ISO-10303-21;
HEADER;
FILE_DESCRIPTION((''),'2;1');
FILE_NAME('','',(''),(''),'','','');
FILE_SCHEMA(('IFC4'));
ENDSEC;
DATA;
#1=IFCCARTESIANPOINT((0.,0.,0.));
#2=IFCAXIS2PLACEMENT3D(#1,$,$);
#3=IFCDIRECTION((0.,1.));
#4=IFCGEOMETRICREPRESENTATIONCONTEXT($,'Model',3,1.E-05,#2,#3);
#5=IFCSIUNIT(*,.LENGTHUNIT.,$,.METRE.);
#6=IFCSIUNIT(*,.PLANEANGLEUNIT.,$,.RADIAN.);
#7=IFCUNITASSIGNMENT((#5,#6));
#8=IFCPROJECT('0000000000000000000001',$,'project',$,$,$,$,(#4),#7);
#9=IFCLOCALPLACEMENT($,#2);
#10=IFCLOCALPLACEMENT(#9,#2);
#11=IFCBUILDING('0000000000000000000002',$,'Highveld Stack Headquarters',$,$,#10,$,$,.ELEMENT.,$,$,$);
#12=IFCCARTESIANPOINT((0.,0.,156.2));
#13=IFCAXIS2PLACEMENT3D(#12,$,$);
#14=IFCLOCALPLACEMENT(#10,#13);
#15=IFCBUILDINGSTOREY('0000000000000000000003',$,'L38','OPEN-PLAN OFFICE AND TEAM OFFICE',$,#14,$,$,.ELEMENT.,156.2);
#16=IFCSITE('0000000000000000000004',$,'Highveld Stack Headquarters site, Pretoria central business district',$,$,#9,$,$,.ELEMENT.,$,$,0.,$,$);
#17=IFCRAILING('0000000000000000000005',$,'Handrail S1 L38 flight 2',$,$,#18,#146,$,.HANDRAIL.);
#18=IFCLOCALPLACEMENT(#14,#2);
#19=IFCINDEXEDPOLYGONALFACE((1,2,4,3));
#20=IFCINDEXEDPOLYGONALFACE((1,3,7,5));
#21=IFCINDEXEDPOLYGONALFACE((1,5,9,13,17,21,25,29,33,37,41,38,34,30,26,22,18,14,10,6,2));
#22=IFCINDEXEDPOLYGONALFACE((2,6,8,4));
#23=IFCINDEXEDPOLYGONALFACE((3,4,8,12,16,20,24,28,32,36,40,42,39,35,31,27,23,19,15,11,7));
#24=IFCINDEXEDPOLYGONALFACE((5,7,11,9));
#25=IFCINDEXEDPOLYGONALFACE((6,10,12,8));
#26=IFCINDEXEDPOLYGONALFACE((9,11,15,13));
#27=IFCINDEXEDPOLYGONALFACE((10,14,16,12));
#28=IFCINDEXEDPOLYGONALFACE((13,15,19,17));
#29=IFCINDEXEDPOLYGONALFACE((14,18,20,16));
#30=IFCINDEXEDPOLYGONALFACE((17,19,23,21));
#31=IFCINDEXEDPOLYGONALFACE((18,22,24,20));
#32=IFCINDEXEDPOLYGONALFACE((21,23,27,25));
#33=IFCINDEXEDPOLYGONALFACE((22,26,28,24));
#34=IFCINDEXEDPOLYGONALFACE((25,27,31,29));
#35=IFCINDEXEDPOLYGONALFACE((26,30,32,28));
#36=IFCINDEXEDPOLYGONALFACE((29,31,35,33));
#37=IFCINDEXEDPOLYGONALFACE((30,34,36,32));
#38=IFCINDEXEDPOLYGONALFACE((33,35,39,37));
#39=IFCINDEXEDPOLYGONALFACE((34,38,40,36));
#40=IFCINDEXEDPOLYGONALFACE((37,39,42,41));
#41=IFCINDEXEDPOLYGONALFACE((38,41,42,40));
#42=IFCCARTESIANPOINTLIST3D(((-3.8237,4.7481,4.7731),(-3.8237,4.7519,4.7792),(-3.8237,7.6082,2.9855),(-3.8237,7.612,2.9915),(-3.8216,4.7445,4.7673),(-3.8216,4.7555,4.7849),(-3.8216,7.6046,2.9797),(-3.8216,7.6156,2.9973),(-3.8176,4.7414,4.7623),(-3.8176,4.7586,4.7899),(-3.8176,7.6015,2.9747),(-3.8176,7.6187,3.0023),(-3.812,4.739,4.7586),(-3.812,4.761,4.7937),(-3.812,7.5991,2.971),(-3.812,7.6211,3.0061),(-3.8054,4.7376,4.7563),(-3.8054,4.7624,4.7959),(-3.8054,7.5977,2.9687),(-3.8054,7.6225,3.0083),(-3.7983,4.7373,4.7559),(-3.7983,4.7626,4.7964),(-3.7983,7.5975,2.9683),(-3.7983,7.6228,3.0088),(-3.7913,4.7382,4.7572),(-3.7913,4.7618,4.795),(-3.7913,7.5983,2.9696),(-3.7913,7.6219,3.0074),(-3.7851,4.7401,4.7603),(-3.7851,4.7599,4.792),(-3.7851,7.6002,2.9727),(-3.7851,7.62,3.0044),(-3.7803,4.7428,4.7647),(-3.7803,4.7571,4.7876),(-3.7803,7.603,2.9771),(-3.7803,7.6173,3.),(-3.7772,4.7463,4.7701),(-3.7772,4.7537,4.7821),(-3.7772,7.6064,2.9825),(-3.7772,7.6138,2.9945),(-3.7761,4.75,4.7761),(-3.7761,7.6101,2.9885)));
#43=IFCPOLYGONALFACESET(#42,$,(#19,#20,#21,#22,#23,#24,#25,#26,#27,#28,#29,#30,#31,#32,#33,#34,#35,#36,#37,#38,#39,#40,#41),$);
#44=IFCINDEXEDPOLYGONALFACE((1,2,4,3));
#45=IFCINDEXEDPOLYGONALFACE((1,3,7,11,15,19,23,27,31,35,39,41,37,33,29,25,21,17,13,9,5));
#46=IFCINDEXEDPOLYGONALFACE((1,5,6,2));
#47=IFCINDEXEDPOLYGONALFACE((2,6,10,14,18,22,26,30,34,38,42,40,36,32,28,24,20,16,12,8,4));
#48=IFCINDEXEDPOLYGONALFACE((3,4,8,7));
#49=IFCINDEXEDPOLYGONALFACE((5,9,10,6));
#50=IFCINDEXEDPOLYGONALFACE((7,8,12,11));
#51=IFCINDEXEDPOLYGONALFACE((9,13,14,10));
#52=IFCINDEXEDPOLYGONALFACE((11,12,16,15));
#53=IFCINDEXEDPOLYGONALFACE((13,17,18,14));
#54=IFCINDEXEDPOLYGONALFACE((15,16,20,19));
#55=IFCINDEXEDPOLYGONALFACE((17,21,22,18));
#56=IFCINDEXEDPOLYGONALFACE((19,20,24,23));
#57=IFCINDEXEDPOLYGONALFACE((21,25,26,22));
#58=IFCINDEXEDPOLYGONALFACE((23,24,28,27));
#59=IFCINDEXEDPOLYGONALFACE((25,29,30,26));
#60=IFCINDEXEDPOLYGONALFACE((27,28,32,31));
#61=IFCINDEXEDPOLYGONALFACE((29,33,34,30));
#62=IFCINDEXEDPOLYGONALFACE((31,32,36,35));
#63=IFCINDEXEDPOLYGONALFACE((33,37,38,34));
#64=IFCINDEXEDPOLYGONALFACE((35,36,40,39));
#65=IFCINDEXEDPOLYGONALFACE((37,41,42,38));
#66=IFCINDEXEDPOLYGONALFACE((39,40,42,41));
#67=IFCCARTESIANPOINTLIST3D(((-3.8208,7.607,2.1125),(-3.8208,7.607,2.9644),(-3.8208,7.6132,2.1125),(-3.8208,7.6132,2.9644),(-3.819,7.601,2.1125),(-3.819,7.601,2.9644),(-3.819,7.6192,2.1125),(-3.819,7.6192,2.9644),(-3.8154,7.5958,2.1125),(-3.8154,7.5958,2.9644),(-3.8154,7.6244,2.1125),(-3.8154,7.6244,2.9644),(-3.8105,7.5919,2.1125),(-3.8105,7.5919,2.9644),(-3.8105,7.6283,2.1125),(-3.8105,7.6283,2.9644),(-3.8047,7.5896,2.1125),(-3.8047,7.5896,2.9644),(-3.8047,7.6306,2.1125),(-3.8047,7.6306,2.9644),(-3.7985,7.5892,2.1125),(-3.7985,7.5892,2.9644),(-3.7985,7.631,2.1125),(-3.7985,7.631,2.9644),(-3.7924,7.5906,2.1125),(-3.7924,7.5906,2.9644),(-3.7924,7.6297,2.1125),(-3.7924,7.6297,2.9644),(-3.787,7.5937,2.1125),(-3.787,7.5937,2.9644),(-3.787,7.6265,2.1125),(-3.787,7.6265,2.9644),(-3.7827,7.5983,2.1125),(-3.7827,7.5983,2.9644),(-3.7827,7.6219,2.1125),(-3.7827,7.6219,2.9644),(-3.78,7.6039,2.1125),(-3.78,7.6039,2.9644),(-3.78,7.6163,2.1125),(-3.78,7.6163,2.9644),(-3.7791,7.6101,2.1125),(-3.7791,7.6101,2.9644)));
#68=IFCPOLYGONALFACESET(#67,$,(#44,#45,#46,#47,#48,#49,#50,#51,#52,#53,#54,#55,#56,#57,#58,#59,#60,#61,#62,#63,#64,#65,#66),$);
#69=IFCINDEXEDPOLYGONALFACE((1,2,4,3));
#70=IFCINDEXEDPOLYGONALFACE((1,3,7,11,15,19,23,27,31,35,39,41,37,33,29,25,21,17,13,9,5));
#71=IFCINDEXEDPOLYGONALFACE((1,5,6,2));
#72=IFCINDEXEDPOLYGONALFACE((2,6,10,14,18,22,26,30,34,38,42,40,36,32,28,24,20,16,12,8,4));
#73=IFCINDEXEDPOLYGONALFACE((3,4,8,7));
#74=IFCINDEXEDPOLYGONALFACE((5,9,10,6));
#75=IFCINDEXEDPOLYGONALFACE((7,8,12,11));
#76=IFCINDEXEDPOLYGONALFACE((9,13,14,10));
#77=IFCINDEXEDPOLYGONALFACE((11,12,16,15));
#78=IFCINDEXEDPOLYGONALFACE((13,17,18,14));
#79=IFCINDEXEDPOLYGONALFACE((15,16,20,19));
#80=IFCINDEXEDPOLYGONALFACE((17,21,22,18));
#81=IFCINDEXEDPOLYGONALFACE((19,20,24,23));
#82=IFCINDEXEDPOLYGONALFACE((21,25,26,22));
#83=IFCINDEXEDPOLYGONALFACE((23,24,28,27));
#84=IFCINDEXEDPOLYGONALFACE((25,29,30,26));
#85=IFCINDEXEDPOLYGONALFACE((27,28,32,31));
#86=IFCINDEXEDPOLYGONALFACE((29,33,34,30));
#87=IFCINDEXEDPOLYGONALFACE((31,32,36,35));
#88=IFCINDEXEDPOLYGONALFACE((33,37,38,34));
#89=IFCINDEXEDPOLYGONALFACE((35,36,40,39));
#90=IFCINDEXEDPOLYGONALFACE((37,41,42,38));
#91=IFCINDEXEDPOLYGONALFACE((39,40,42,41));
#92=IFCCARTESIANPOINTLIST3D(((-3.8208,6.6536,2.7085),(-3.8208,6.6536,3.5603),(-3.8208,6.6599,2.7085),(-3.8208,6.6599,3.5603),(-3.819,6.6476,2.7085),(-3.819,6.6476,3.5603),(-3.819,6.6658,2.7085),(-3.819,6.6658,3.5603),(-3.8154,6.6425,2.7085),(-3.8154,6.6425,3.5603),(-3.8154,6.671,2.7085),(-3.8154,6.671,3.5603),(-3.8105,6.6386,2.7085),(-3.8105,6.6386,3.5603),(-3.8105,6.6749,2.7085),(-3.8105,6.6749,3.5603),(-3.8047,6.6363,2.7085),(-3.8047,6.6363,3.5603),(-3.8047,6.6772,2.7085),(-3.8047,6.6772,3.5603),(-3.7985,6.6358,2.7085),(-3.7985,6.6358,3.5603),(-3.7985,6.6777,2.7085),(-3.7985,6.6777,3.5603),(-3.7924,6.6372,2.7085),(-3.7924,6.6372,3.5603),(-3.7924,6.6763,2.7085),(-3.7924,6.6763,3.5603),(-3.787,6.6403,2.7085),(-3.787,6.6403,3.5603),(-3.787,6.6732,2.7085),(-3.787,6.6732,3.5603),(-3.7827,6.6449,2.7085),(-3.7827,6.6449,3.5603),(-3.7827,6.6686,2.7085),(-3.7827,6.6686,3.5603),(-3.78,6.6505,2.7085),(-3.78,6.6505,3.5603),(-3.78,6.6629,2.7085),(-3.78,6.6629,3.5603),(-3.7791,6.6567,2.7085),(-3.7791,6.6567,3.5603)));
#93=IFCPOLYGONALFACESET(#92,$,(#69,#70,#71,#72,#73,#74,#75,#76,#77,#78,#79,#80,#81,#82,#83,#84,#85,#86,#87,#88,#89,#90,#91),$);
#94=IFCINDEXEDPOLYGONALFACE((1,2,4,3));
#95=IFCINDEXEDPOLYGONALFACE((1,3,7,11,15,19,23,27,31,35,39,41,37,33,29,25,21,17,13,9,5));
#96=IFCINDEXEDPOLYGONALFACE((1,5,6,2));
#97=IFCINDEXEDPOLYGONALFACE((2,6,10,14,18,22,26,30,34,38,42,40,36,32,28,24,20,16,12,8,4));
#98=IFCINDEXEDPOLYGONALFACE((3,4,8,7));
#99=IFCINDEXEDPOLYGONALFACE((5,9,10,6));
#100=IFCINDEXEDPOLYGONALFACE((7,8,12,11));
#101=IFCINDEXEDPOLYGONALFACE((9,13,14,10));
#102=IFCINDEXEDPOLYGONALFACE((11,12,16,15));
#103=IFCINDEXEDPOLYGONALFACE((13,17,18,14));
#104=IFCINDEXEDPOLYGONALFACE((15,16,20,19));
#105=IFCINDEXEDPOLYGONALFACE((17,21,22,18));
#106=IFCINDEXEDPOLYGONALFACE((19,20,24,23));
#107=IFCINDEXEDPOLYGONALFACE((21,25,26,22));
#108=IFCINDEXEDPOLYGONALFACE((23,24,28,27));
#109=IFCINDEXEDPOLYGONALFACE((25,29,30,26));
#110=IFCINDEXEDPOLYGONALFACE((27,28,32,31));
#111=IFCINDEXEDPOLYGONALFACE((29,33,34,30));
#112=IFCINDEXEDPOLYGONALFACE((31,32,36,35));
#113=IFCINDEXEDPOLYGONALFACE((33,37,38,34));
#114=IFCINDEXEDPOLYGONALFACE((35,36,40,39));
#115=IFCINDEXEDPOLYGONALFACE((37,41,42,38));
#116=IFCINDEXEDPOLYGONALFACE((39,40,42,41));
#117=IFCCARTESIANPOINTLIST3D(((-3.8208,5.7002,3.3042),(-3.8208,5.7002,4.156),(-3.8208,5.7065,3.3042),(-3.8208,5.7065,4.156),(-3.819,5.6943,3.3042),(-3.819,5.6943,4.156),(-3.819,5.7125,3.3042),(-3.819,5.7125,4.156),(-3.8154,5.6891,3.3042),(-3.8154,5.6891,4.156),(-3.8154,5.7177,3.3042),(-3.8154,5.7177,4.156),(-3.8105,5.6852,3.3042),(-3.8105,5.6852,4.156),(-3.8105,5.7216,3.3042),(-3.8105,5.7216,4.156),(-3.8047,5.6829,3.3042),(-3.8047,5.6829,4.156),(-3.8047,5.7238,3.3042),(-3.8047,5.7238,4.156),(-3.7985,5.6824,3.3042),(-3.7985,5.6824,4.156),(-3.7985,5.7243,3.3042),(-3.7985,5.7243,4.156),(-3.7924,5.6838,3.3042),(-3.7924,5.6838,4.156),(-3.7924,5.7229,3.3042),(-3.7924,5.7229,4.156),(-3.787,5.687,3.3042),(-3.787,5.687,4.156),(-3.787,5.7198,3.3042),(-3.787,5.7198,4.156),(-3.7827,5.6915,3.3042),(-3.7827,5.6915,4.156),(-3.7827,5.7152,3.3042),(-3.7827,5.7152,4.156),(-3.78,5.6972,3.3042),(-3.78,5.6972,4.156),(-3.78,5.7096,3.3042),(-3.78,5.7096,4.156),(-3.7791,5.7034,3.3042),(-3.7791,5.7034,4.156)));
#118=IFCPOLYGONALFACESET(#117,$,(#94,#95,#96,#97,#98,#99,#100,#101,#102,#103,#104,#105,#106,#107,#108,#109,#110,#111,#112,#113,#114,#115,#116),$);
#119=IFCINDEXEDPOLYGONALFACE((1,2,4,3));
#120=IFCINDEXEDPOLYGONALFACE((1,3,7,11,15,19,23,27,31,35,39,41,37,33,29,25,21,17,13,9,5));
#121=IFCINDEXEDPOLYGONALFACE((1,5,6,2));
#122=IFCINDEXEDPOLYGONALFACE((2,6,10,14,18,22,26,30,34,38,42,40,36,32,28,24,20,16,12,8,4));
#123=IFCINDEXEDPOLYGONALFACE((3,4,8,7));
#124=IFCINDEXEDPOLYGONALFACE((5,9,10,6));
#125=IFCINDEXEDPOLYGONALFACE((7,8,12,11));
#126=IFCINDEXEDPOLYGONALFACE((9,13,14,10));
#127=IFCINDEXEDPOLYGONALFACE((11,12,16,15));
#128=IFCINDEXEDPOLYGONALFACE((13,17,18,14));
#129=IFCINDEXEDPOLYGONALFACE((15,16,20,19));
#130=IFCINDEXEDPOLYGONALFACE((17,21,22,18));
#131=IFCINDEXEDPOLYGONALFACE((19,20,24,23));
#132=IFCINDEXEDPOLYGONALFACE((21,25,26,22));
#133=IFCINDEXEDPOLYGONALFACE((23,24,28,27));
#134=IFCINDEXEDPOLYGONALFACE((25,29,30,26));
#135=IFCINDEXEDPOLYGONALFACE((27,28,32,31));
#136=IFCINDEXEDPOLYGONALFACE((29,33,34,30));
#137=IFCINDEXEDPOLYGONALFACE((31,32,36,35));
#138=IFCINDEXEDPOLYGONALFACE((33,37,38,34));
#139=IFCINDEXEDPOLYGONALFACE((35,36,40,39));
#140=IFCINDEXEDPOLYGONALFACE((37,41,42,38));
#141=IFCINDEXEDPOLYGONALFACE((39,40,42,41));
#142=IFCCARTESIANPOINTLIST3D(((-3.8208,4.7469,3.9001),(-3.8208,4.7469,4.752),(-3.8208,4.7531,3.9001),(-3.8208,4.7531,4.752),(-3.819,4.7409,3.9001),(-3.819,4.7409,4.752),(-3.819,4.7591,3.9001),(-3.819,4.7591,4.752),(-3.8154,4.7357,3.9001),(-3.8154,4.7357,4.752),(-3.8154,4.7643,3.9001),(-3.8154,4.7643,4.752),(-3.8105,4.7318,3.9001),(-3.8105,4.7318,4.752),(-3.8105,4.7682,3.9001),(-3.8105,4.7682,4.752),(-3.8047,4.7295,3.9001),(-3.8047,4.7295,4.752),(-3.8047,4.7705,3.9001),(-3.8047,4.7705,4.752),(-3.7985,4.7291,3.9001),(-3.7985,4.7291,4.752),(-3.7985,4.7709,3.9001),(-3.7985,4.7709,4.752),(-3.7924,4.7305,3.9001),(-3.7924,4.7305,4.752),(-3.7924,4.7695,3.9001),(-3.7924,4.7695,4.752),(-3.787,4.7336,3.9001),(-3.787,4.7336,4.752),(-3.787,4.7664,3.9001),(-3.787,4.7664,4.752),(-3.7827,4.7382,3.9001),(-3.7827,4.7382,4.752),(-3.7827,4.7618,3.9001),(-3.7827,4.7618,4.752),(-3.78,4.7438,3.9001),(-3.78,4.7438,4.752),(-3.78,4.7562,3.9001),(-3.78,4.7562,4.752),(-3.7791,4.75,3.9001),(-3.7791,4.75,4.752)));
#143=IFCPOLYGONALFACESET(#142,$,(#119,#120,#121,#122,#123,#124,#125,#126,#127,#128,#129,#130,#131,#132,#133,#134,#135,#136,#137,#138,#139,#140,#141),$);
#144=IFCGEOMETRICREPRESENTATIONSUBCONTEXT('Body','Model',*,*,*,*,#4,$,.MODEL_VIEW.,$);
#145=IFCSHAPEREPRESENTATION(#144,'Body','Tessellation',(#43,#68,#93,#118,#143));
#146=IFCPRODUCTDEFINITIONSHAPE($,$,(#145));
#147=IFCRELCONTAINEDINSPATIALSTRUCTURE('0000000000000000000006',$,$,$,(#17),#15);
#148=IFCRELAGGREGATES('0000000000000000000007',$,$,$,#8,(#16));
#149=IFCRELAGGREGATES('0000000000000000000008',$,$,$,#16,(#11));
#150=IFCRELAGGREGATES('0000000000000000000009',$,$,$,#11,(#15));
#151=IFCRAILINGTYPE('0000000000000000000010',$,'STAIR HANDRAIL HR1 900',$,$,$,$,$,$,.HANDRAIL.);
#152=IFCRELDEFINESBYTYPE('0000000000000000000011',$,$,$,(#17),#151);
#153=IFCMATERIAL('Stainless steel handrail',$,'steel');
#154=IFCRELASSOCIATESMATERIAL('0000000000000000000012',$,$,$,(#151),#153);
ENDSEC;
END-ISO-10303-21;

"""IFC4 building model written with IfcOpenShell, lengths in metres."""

from ifc_helpers import new_model, si_unit, direction, frame, origin, origin_2d, place, context, subcontext, project, spatial, circle, extrude, material, type_object, element, save


model = new_model("IFC4")

# Units and contexts
model_context = context("Model", 3, precision=1e-05, world=origin(), true_north=direction((0.0, 1.0)))
body_context = subcontext(model_context, "Body", "Model", "MODEL_VIEW")
ifc_project = project(units=[si_unit("LENGTHUNIT", "METRE"), si_unit("PLANEANGLEUNIT", "RADIAN")], contexts=[model_context])

# Site, building, storey
site_placement = place(None, origin())
site = spatial("IfcSite", under=ifc_project, at=site_placement, Name="Highveld Stack Headquarters site, Pretoria central business district", CompositionType="ELEMENT", RefElevation=0.0)
building_placement = place(site_placement, origin())
building = spatial("IfcBuilding", under=site, at=building_placement, Name="Highveld Stack Headquarters", CompositionType="ELEMENT")
storey_placement = place(building_placement, frame((0.0, 0.0, 156.2)))
storey = spatial("IfcBuildingStorey", under=building, at=storey_placement, Name="L38", Description="OPEN-PLAN OFFICE AND TEAM OFFICE", CompositionType="ELEMENT", Elevation=156.2)

# Railing
ifc_material_1 = material(Name="Stainless steel handrail", Category="steel")
railing_type = type_object("IfcRailingType", Name="STAIR HANDRAIL HR1 900", PredefinedType="HANDRAIL", material=ifc_material_1)
railing_placement = place(storey_placement, frame((-3.8, 7.6101, 2.1125)))
element("IfcRailing", 1, at=railing_placement, inside=storey, type_object=railing_type, Name="Handrail S1 L38 flight 2", PredefinedType="HANDRAIL", context=body_context, shape_type="SweptSolid", body=[
    extrude(circle(Radius=0.0239, at=origin_2d()), frame((0.0, 0.0, 0.876), z_axis=(0.0, -0.847994, 0.530005), x_axis=(1.0, 0.0, 0.0)), (0.0, 0.0, 1.0), 3.3728),
    extrude(circle(Radius=0.021, at=origin_2d()), origin(), (0.0, 0.0, 1.0), 0.8518),
    extrude(circle(Radius=0.021, at=origin_2d()), frame((0.0, -0.9534, 0.5959)), (0.0, 0.0, 1.0), 0.8518),
    extrude(circle(Radius=0.021, at=origin_2d()), frame((0.0, -1.9067, 1.1917)), (0.0, 0.0, 1.0), 0.8518),
    extrude(circle(Radius=0.021, at=origin_2d()), frame((0.0, -2.8601, 1.7876)), (0.0, 0.0, 1.0), 0.8518),
])

save(model, "model.ifc")
